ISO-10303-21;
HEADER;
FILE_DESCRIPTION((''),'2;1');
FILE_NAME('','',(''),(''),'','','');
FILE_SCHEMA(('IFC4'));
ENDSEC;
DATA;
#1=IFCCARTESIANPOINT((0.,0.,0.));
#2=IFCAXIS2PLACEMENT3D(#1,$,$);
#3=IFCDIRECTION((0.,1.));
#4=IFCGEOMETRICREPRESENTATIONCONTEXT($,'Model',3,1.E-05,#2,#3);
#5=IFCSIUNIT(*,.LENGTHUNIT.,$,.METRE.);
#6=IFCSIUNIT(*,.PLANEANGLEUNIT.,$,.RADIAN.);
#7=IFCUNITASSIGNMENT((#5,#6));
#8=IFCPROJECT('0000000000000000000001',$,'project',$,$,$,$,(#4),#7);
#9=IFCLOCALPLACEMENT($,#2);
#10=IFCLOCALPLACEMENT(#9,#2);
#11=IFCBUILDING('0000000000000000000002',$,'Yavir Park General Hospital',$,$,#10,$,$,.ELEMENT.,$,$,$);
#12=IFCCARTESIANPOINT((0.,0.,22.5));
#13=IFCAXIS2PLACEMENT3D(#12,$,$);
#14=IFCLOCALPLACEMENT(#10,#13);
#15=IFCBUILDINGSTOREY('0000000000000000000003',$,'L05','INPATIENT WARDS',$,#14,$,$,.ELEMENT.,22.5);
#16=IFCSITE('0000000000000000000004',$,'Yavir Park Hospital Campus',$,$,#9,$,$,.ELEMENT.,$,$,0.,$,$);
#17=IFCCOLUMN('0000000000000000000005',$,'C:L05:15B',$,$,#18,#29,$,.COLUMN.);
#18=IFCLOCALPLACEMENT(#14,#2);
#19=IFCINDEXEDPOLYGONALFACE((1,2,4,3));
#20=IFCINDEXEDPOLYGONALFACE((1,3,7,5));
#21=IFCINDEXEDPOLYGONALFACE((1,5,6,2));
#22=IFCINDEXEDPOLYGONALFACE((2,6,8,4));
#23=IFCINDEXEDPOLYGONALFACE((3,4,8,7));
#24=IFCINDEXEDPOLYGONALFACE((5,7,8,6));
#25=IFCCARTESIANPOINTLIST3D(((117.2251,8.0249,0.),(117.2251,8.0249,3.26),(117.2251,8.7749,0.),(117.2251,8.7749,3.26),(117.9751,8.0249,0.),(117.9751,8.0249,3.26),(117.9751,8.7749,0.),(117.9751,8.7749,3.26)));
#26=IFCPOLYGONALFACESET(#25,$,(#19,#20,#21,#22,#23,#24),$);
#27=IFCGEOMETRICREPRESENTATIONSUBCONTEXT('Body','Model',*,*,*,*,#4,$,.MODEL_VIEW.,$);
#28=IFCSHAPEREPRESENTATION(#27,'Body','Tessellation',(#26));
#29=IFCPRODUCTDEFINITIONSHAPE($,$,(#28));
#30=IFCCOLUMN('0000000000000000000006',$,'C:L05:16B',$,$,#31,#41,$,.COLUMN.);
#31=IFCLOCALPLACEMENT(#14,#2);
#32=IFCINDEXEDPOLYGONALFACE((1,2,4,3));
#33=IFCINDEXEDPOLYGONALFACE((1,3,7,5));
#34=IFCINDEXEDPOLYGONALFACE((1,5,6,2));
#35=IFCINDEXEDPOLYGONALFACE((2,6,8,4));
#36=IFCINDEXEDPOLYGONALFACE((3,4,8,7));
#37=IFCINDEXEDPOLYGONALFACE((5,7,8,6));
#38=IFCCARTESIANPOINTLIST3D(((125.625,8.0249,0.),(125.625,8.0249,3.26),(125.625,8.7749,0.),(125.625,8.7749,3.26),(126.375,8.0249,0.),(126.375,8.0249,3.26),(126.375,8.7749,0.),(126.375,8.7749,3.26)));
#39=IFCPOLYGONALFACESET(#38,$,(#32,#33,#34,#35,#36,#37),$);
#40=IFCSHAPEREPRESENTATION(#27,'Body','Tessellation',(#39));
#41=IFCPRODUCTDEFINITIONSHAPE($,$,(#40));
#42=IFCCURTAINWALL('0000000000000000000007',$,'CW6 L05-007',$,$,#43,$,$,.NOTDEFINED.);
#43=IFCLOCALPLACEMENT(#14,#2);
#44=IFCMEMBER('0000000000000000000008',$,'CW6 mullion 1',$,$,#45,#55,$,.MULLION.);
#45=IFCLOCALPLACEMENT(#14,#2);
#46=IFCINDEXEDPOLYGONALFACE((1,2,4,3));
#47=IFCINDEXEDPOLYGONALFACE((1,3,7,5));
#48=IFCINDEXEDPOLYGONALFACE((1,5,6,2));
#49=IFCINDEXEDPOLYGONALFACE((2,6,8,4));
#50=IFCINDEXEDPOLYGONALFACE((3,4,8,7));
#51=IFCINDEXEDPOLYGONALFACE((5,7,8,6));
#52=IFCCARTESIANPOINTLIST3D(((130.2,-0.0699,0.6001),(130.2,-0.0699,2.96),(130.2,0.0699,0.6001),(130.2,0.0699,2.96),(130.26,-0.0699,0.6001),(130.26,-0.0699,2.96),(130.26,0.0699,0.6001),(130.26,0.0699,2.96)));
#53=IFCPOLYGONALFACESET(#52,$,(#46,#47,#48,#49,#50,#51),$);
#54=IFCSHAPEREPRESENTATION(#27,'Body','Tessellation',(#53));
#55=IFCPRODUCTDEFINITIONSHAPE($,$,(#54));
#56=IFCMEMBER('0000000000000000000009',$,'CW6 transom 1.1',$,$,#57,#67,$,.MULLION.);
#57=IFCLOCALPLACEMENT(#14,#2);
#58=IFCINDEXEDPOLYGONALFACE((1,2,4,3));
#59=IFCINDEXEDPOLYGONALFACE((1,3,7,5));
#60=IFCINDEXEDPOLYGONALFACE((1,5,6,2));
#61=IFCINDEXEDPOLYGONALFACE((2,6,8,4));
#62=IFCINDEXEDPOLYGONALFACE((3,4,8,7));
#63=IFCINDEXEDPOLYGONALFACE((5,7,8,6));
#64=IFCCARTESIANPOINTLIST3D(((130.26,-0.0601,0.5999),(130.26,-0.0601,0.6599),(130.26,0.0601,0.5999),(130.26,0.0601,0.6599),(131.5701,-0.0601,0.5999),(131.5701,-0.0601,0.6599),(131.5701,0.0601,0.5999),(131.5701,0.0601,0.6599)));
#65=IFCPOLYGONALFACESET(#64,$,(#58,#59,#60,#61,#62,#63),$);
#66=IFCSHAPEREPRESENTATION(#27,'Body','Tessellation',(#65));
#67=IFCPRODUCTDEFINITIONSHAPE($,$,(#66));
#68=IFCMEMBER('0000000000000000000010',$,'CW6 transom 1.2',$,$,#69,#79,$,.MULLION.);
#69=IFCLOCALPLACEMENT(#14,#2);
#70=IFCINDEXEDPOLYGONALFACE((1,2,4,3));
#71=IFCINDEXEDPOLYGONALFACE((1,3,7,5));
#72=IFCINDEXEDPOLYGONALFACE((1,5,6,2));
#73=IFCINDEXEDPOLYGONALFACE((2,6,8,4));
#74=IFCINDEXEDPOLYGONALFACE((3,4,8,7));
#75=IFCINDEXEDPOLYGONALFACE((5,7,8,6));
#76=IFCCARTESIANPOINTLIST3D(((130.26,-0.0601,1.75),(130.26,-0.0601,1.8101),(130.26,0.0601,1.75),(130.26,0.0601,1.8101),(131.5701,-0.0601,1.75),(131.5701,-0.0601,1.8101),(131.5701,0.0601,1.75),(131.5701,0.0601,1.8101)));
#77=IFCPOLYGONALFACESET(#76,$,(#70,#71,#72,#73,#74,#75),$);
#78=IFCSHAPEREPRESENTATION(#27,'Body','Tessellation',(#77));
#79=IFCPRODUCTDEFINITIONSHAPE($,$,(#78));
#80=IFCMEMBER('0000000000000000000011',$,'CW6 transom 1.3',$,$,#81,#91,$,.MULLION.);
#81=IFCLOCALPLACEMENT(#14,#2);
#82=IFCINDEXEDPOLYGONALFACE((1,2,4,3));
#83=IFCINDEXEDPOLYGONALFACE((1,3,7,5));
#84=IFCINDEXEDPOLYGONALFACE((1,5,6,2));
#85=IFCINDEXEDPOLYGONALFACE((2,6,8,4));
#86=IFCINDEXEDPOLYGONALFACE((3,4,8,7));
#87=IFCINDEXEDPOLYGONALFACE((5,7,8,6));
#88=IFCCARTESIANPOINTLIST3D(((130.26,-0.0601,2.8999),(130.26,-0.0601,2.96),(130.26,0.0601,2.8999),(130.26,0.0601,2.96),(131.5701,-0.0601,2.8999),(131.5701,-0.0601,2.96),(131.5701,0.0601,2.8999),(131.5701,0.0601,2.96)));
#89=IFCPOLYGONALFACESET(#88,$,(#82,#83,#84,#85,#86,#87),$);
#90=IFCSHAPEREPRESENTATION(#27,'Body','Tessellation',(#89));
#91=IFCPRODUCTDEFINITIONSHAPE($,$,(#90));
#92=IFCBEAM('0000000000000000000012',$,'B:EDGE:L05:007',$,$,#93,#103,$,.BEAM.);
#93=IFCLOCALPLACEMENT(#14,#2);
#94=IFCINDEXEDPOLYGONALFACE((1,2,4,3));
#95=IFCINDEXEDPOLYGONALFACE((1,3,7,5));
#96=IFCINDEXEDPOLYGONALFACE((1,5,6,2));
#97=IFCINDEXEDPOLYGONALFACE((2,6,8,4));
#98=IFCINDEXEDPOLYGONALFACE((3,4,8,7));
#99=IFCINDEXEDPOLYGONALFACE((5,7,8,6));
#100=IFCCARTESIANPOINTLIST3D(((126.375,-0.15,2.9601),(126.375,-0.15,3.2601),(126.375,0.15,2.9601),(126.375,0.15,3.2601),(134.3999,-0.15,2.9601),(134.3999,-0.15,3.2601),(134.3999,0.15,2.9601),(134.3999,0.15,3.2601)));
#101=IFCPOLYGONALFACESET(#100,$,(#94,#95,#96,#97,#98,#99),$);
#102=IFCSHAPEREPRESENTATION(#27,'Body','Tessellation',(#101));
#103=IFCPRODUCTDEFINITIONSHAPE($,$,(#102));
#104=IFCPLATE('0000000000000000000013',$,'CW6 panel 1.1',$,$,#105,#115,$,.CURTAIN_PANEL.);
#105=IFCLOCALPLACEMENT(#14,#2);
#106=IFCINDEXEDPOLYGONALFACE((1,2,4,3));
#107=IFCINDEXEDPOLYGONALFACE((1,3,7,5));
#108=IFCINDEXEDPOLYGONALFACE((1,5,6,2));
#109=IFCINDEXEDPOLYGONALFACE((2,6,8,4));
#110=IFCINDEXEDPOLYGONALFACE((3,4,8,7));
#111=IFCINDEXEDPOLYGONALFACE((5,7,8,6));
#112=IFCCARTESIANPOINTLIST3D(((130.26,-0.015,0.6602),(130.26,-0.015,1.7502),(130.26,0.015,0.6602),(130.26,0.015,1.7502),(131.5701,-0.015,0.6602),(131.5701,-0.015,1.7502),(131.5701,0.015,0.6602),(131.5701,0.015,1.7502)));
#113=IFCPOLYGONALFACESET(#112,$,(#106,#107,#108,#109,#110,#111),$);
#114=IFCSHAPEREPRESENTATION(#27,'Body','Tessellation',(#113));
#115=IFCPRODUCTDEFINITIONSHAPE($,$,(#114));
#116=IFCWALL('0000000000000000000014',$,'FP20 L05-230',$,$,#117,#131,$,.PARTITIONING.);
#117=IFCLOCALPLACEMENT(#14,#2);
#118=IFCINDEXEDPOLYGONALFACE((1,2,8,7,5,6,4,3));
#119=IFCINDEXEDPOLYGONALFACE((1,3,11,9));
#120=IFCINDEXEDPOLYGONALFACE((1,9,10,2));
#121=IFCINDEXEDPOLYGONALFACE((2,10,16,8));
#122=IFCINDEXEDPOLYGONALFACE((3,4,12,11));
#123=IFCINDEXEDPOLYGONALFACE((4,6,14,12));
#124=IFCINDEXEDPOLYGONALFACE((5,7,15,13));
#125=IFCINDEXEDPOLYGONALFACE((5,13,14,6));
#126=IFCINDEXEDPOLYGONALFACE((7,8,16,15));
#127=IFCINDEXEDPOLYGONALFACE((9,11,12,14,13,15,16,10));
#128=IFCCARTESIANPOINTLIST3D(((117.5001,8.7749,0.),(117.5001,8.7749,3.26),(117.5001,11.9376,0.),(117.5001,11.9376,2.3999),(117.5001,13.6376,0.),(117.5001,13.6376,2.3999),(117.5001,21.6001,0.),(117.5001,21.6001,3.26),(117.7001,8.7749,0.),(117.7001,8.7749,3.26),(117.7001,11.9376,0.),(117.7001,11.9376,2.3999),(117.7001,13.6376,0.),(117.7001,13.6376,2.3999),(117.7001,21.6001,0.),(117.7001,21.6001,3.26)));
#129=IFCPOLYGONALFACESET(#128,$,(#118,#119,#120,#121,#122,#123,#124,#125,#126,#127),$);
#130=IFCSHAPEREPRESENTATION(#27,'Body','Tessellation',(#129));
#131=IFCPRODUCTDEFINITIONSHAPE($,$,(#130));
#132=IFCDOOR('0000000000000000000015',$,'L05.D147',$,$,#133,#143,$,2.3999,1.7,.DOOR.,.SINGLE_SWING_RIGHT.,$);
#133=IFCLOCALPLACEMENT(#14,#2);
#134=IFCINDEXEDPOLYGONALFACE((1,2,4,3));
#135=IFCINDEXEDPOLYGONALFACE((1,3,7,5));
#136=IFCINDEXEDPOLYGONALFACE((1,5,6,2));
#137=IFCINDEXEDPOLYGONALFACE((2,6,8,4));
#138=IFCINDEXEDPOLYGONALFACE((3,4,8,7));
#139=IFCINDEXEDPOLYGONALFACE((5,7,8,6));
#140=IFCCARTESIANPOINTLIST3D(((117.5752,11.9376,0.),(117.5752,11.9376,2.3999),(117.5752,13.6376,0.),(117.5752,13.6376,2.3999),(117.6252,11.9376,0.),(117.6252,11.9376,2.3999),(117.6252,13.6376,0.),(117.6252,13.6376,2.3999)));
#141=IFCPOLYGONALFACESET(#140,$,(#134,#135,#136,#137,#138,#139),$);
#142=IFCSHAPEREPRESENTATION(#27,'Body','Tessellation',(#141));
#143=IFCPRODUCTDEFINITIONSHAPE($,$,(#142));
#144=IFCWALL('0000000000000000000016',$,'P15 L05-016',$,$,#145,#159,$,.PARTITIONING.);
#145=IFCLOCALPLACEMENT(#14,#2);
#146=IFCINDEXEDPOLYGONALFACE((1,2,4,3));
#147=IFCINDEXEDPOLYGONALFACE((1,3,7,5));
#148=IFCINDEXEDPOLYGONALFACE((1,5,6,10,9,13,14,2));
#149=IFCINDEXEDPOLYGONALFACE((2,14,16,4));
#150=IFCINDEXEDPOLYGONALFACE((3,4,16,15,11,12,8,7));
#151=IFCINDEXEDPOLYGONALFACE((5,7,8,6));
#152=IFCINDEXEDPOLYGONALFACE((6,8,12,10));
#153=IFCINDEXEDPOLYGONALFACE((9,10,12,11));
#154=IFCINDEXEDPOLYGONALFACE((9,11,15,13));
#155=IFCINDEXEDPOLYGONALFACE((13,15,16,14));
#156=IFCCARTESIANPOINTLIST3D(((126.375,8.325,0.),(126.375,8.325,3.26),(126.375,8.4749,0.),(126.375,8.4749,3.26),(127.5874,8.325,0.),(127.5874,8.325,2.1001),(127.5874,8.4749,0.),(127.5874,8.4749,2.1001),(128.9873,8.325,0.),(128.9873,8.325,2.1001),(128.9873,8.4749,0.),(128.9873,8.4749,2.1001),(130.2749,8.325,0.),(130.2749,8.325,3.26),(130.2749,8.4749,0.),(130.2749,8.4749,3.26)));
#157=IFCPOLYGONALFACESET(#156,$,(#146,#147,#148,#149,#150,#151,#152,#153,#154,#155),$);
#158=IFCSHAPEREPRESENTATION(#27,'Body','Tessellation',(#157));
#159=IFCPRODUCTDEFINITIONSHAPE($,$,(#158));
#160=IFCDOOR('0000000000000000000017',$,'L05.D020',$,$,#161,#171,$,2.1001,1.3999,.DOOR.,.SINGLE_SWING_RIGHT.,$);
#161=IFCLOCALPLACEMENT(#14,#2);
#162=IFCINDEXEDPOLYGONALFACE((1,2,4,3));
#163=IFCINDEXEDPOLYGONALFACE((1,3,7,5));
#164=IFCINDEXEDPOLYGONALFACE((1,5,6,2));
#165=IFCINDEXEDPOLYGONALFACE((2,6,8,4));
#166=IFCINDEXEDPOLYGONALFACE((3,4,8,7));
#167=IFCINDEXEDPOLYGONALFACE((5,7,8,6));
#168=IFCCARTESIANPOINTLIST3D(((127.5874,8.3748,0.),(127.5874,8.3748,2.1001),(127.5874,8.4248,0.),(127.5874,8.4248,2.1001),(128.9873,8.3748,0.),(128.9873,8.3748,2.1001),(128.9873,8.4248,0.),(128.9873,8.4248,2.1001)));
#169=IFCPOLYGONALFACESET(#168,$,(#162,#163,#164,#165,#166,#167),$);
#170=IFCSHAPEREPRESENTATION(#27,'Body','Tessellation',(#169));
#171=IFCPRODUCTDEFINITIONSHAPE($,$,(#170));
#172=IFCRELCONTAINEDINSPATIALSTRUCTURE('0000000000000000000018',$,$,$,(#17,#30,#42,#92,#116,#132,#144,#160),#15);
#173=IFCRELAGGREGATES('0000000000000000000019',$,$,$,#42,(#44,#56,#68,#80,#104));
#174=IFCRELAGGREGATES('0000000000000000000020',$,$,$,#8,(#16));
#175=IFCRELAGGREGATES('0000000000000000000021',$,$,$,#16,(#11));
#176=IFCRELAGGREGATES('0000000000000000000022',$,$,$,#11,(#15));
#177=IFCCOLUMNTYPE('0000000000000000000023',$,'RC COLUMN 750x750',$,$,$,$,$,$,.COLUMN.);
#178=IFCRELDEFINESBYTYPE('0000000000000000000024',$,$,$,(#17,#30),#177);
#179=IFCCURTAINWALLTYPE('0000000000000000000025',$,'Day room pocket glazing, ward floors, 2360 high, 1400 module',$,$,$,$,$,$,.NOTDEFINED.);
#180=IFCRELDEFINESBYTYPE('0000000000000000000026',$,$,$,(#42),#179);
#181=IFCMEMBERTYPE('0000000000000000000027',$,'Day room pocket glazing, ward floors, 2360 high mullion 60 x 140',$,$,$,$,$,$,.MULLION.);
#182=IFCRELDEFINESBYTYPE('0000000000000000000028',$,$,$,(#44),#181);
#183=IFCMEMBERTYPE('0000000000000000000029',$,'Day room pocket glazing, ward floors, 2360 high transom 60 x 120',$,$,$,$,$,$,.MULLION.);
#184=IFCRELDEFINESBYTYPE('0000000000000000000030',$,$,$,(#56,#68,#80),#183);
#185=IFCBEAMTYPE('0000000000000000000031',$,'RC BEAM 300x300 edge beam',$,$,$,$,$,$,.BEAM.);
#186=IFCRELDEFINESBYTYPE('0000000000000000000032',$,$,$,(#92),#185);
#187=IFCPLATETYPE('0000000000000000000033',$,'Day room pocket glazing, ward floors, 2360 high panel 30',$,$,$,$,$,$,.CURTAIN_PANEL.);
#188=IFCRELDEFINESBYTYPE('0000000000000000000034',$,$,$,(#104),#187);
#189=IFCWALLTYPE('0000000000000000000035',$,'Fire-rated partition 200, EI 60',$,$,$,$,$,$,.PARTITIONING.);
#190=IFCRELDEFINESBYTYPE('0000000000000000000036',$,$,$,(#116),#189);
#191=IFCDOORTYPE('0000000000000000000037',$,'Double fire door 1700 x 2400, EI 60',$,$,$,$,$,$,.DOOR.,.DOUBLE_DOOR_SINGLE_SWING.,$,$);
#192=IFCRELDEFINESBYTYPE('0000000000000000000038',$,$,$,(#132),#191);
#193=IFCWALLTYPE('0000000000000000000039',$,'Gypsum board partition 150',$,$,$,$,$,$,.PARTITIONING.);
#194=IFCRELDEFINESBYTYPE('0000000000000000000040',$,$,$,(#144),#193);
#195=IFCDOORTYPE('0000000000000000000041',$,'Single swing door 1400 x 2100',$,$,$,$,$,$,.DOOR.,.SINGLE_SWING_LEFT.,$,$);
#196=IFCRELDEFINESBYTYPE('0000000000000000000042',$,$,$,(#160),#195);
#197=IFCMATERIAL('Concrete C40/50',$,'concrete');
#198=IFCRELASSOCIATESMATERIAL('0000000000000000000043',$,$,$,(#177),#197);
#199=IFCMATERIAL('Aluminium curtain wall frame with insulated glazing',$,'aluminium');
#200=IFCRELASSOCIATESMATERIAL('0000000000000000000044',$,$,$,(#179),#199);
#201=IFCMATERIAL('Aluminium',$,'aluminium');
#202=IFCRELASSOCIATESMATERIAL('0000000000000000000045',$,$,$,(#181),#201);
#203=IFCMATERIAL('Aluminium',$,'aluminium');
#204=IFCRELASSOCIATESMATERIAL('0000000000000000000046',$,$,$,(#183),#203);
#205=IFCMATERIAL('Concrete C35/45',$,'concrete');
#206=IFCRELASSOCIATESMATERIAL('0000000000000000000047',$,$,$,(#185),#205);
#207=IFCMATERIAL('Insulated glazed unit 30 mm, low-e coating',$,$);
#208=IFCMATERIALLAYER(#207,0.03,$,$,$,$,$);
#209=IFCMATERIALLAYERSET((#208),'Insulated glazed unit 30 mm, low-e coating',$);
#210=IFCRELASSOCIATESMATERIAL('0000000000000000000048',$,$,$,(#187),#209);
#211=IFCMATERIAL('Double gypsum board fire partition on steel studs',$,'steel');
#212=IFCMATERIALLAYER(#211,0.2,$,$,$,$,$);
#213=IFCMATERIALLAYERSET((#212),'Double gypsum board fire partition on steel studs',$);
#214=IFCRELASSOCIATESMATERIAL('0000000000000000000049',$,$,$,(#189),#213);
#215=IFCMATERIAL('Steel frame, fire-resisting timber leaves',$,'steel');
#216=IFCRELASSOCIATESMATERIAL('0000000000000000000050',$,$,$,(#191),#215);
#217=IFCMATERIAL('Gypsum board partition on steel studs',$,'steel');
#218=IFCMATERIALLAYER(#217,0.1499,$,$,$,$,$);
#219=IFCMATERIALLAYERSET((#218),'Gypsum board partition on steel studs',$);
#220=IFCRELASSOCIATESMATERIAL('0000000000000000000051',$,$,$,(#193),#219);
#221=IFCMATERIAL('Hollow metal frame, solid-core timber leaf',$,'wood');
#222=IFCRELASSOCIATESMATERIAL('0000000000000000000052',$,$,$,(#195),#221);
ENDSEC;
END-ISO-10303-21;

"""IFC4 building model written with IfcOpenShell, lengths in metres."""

from ifc_helpers import new_model, si_unit, direction, frame, frame_2d, origin, origin_2d, place, context, subcontext, project, spatial, rectangle, extrude, material, layer, layer_set, material_profile, profile_set, type_object, element, fill, aggregate, save


model = new_model("IFC4")

# Units and contexts
model_context = context("Model", 3, precision=1e-05, world=origin(), true_north=direction((0.0, 1.0)))
body_context = subcontext(model_context, "Body", "Model", "MODEL_VIEW")
ifc_project = project(units=[si_unit("LENGTHUNIT", "METRE"), si_unit("PLANEANGLEUNIT", "RADIAN")], contexts=[model_context])

# Site, building, storey
site_placement = place(None, origin())
site = spatial("IfcSite", under=ifc_project, at=site_placement, Name="Yavir Park Hospital Campus", CompositionType="ELEMENT", RefElevation=0.0)
building_placement = place(site_placement, origin())
building = spatial("IfcBuilding", under=site, at=building_placement, Name="Yavir Park General Hospital", CompositionType="ELEMENT")
storey_placement = place(building_placement, frame((0.0, 0.0, 22.5)))
storey = spatial("IfcBuildingStorey", under=building, at=storey_placement, Name="L05", Description="INPATIENT WARDS", CompositionType="ELEMENT", Elevation=22.5)

# Columns
ifc_material_1 = material(Name="Concrete C40/50", Category="concrete")
ifc_material_profile_1 = material_profile(ifc_material_1, rectangle(XDim=0.75, YDim=0.75, at=origin_2d()), Name="RC750x750")
ifc_profile_set_1 = profile_set([ifc_material_profile_1], Name="Concrete C40/50")
column_type = type_object("IfcColumnType", Name="RC COLUMN 750x750", PredefinedType="COLUMN", material=ifc_profile_set_1)
for number, where, z_axis, x_axis, name in (
    (1, (117.6001, 8.3999, 0.0), (0.0, 0.0, 1.0), (1.0, 0.0, 0.0), "C:L05:15B"),
    (2, (126.0, 8.3999, 0.0), (0.0, 0.0, 1.0), (1.0, 0.0, 0.0), "C:L05:16B"),
):
    element("IfcColumn", number, at=place(storey_placement, frame(where, z_axis=z_axis, x_axis=x_axis)), inside=storey, type_object=column_type, Name=name, PredefinedType="COLUMN", context=body_context, shape_type="SweptSolid", body=[
        extrude(rectangle(XDim=0.75, YDim=0.75, at=origin_2d()), origin(), (0.0, 0.0, 1.0), 3.26),
    ])

# Curtain wall, members
ifc_material_2 = material(Name="Aluminium curtain wall frame with insulated glazing", Category="aluminium")
curtain_wall_type = type_object("IfcCurtainWallType", Name="Day room pocket glazing, ward floors, 2360 high, 1400 module", PredefinedType="NOTDEFINED", material=ifc_material_2)
curtain_wall_placement = place(storey_placement, origin())
curtain_wall = element("IfcCurtainWall", 3, at=curtain_wall_placement, inside=storey, type_object=curtain_wall_type, Name="CW6 L05-007", PredefinedType="NOTDEFINED")
ifc_material_3 = material(Name="Aluminium", Category="aluminium")
ifc_material_profile_2 = material_profile(ifc_material_3, rectangle(XDim=0.1399, YDim=0.0601, at=origin_2d()), Name="AL 60x140")
ifc_profile_set_2 = profile_set([ifc_material_profile_2], Name="Aluminium")
member_type_1 = type_object("IfcMemberType", Name="Day room pocket glazing, ward floors, 2360 high mullion 60 x 140", PredefinedType="MULLION", material=ifc_profile_set_2)
member_1_placement = place(storey_placement, frame((130.23, 0.0, 0.6001), z_axis=(0.0, 0.0, 1.0), x_axis=(0.0, 1.0, 0.0)))
member_1 = element("IfcMember", 4, at=member_1_placement, type_object=member_type_1, Name="CW6 mullion 1", PredefinedType="MULLION", context=body_context, shape_type="SweptSolid", body=[
    extrude(rectangle(XDim=0.1399, YDim=0.0601, at=origin_2d()), origin(), (0.0, 0.0, 1.0), 2.3599),
])
ifc_material_4 = material(Name="Aluminium", Category="aluminium")
ifc_material_profile_3 = material_profile(ifc_material_4, rectangle(XDim=0.1201, YDim=0.0601, at=origin_2d()), Name="AL 120x60")
ifc_profile_set_3 = profile_set([ifc_material_profile_3], Name="Aluminium")
member_type_2 = type_object("IfcMemberType", Name="Day room pocket glazing, ward floors, 2360 high transom 60 x 120", PredefinedType="MULLION", material=ifc_profile_set_3)
member_2_placement = place(storey_placement, frame((130.26, 0.0, 0.6299), z_axis=(1.0, 0.0, 0.0), x_axis=(0.0, 1.0, 0.0)))
member_2 = element("IfcMember", 5, at=member_2_placement, type_object=member_type_2, Name="CW6 transom 1.1", PredefinedType="MULLION", context=body_context, shape_type="SweptSolid", body=[
    extrude(rectangle(XDim=0.1201, YDim=0.0601, at=origin_2d()), origin(), (0.0, 0.0, 1.0), 1.3101),
])
member_3_placement = place(storey_placement, frame((130.26, 0.0, 1.78), z_axis=(1.0, 0.0, 0.0), x_axis=(0.0, 1.0, 0.0)))
member_3 = element("IfcMember", 6, at=member_3_placement, type_object=member_type_2, Name="CW6 transom 1.2", PredefinedType="MULLION", context=body_context, shape_type="SweptSolid", body=[
    extrude(rectangle(XDim=0.1201, YDim=0.0601, at=origin_2d()), origin(), (0.0, 0.0, 1.0), 1.3101),
])
member_4_placement = place(storey_placement, frame((130.26, 0.0, 2.9299), z_axis=(1.0, 0.0, 0.0), x_axis=(0.0, 1.0, 0.0)))
member_4 = element("IfcMember", 7, at=member_4_placement, type_object=member_type_2, Name="CW6 transom 1.3", PredefinedType="MULLION", context=body_context, shape_type="SweptSolid", body=[
    extrude(rectangle(XDim=0.1201, YDim=0.0601, at=origin_2d()), origin(), (0.0, 0.0, 1.0), 1.3101),
])

# Beam
ifc_material_5 = material(Name="Concrete C35/45", Category="concrete")
ifc_material_profile_4 = material_profile(ifc_material_5, rectangle(XDim=0.3, YDim=0.3, at=origin_2d()), Name="RC300x300")
ifc_profile_set_4 = profile_set([ifc_material_profile_4], Name="Concrete C35/45")
beam_type = type_object("IfcBeamType", Name="RC BEAM 300x300 edge beam", PredefinedType="BEAM", material=ifc_profile_set_4)
beam_placement = place(storey_placement, frame((126.375, 0.0, 3.1101), z_axis=(1.0, 0.0, 0.0), x_axis=(0.0, 1.0, 0.0)))
element("IfcBeam", 8, at=beam_placement, inside=storey, type_object=beam_type, Name="B:EDGE:L05:007", PredefinedType="BEAM", context=body_context, shape_type="SweptSolid", body=[
    extrude(rectangle(XDim=0.3, YDim=0.3, at=origin_2d()), origin(), (0.0, 0.0, 1.0), 8.0249),
])

# Plate
ifc_material_6 = material(Name="Insulated glazed unit 30 mm, low-e coating")
ifc_layer_1 = layer(ifc_material_6, 0.03)
ifc_layer_set_1 = layer_set([ifc_layer_1], Name="Insulated glazed unit 30 mm, low-e coating")
plate_type = type_object("IfcPlateType", Name="Day room pocket glazing, ward floors, 2360 high panel 30", PredefinedType="CURTAIN_PANEL", material=ifc_layer_set_1)
plate_placement = place(storey_placement, frame((130.915, 0.0, 0.6602), z_axis=(0.0, 0.0, 1.0), x_axis=(1.0, 0.0, 0.0)))
plate = element("IfcPlate", 9, at=plate_placement, type_object=plate_type, Name="CW6 panel 1.1", PredefinedType="CURTAIN_PANEL", context=body_context, shape_type="SweptSolid", body=[
    extrude(rectangle(XDim=1.3101, YDim=0.03, at=origin_2d()), origin(), (0.0, 0.0, 1.0), 1.0901),
])
aggregate(curtain_wall, [member_1, member_2, member_3, member_4, plate])

# Wall, opening, door
ifc_material_7 = material(Name="Double gypsum board fire partition on steel studs", Category="steel")
ifc_layer_2 = layer(ifc_material_7, 0.2)
ifc_layer_set_2 = layer_set([ifc_layer_2], Name="Double gypsum board fire partition on steel studs")
wall_type_1 = type_object("IfcWallType", Name="Fire-rated partition 200, EI 60", PredefinedType="PARTITIONING", material=ifc_layer_set_2)
wall_1_placement = place(storey_placement, frame((117.6001, 8.7749, 0.0), z_axis=(0.0, 0.0, 1.0), x_axis=(0.0, 1.0, 0.0)))
wall_1 = element("IfcWall", 10, at=wall_1_placement, inside=storey, type_object=wall_type_1, Name="FP20 L05-230", PredefinedType="PARTITIONING", context=body_context, shape_type="SweptSolid", body=[
    extrude(rectangle(XDim=12.8252, YDim=0.2, at=frame_2d((6.4126, 0.0))), origin(), (0.0, 0.0, 1.0), 3.26),
])
opening_1_placement = place(wall_1_placement, frame((3.1626, 0.0, 0.0)))
opening_1 = element("IfcOpeningElement", 11, at=opening_1_placement, cuts=wall_1, PredefinedType="OPENING", context=body_context, shape_type="SweptSolid", body=[
    extrude(rectangle(XDim=1.7, YDim=2.3999, at=frame_2d((0.8501, 1.2))), frame((0.0, 0.1099, 0.0), z_axis=(0.0, -1.0, 0.0), x_axis=(1.0, 0.0, 0.0)), (0.0, 0.0, 1.0), 0.22),
])
ifc_material_8 = material(Name="Steel frame, fire-resisting timber leaves", Category="steel")
door_type_1 = type_object("IfcDoorType", Name="Double fire door 1700 x 2400, EI 60", OperationType="DOUBLE_DOOR_SINGLE_SWING", PredefinedType="DOOR", material=ifc_material_8)
door_1_placement = place(opening_1_placement, origin())
door_1 = element("IfcDoor", 12, at=door_1_placement, inside=storey, type_object=door_type_1, Name="L05.D147", OperationType="SINGLE_SWING_RIGHT", OverallHeight=2.3999, OverallWidth=1.7, PredefinedType="DOOR", context=body_context, shape_type="SweptSolid", body=[
    extrude(rectangle(XDim=1.7, YDim=2.3999, at=frame_2d((0.8501, 1.2))), frame((0.0, 0.0249, 0.0), z_axis=(0.0, -1.0, 0.0), x_axis=(1.0, 0.0, 0.0)), (0.0, 0.0, 1.0), 0.05),
])
fill(opening_1, door_1)

# Wall, opening, door
ifc_material_9 = material(Name="Gypsum board partition on steel studs", Category="steel")
ifc_layer_3 = layer(ifc_material_9, 0.1499)
ifc_layer_set_3 = layer_set([ifc_layer_3], Name="Gypsum board partition on steel studs")
wall_type_2 = type_object("IfcWallType", Name="Gypsum board partition 150", PredefinedType="PARTITIONING", material=ifc_layer_set_3)
wall_2_placement = place(storey_placement, frame((126.375, 8.3999, 0.0), z_axis=(0.0, 0.0, 1.0), x_axis=(1.0, 0.0, 0.0)))
wall_2 = element("IfcWall", 13, at=wall_2_placement, inside=storey, type_object=wall_type_2, Name="P15 L05-016", PredefinedType="PARTITIONING", context=body_context, shape_type="SweptSolid", body=[
    extrude(rectangle(XDim=3.8999, YDim=0.1499, at=frame_2d((1.95, 0.0))), origin(), (0.0, 0.0, 1.0), 3.26),
])
opening_2_placement = place(wall_2_placement, frame((1.2124, 0.0, 0.0)))
opening_2 = element("IfcOpeningElement", 14, at=opening_2_placement, cuts=wall_2, PredefinedType="OPENING", context=body_context, shape_type="SweptSolid", body=[
    extrude(rectangle(XDim=1.3999, YDim=2.1001, at=frame_2d((0.7, 1.05))), frame((0.0, 0.085, 0.0), z_axis=(0.0, -1.0, 0.0), x_axis=(1.0, 0.0, 0.0)), (0.0, 0.0, 1.0), 0.1699),
])
ifc_material_10 = material(Name="Hollow metal frame, solid-core timber leaf", Category="wood")
door_type_2 = type_object("IfcDoorType", Name="Single swing door 1400 x 2100", OperationType="SINGLE_SWING_LEFT", PredefinedType="DOOR", material=ifc_material_10)
door_2_placement = place(opening_2_placement, origin())
door_2 = element("IfcDoor", 15, at=door_2_placement, inside=storey, type_object=door_type_2, Name="L05.D020", OperationType="SINGLE_SWING_RIGHT", OverallHeight=2.1001, OverallWidth=1.3999, PredefinedType="DOOR", context=body_context, shape_type="SweptSolid", body=[
    extrude(rectangle(XDim=1.3999, YDim=2.1001, at=frame_2d((0.7, 1.05))), frame((0.0, 0.0249, 0.0), z_axis=(0.0, -1.0, 0.0), x_axis=(1.0, 0.0, 0.0)), (0.0, 0.0, 1.0), 0.05),
])
fill(opening_2, door_2)

save(model, "model.ifc")
